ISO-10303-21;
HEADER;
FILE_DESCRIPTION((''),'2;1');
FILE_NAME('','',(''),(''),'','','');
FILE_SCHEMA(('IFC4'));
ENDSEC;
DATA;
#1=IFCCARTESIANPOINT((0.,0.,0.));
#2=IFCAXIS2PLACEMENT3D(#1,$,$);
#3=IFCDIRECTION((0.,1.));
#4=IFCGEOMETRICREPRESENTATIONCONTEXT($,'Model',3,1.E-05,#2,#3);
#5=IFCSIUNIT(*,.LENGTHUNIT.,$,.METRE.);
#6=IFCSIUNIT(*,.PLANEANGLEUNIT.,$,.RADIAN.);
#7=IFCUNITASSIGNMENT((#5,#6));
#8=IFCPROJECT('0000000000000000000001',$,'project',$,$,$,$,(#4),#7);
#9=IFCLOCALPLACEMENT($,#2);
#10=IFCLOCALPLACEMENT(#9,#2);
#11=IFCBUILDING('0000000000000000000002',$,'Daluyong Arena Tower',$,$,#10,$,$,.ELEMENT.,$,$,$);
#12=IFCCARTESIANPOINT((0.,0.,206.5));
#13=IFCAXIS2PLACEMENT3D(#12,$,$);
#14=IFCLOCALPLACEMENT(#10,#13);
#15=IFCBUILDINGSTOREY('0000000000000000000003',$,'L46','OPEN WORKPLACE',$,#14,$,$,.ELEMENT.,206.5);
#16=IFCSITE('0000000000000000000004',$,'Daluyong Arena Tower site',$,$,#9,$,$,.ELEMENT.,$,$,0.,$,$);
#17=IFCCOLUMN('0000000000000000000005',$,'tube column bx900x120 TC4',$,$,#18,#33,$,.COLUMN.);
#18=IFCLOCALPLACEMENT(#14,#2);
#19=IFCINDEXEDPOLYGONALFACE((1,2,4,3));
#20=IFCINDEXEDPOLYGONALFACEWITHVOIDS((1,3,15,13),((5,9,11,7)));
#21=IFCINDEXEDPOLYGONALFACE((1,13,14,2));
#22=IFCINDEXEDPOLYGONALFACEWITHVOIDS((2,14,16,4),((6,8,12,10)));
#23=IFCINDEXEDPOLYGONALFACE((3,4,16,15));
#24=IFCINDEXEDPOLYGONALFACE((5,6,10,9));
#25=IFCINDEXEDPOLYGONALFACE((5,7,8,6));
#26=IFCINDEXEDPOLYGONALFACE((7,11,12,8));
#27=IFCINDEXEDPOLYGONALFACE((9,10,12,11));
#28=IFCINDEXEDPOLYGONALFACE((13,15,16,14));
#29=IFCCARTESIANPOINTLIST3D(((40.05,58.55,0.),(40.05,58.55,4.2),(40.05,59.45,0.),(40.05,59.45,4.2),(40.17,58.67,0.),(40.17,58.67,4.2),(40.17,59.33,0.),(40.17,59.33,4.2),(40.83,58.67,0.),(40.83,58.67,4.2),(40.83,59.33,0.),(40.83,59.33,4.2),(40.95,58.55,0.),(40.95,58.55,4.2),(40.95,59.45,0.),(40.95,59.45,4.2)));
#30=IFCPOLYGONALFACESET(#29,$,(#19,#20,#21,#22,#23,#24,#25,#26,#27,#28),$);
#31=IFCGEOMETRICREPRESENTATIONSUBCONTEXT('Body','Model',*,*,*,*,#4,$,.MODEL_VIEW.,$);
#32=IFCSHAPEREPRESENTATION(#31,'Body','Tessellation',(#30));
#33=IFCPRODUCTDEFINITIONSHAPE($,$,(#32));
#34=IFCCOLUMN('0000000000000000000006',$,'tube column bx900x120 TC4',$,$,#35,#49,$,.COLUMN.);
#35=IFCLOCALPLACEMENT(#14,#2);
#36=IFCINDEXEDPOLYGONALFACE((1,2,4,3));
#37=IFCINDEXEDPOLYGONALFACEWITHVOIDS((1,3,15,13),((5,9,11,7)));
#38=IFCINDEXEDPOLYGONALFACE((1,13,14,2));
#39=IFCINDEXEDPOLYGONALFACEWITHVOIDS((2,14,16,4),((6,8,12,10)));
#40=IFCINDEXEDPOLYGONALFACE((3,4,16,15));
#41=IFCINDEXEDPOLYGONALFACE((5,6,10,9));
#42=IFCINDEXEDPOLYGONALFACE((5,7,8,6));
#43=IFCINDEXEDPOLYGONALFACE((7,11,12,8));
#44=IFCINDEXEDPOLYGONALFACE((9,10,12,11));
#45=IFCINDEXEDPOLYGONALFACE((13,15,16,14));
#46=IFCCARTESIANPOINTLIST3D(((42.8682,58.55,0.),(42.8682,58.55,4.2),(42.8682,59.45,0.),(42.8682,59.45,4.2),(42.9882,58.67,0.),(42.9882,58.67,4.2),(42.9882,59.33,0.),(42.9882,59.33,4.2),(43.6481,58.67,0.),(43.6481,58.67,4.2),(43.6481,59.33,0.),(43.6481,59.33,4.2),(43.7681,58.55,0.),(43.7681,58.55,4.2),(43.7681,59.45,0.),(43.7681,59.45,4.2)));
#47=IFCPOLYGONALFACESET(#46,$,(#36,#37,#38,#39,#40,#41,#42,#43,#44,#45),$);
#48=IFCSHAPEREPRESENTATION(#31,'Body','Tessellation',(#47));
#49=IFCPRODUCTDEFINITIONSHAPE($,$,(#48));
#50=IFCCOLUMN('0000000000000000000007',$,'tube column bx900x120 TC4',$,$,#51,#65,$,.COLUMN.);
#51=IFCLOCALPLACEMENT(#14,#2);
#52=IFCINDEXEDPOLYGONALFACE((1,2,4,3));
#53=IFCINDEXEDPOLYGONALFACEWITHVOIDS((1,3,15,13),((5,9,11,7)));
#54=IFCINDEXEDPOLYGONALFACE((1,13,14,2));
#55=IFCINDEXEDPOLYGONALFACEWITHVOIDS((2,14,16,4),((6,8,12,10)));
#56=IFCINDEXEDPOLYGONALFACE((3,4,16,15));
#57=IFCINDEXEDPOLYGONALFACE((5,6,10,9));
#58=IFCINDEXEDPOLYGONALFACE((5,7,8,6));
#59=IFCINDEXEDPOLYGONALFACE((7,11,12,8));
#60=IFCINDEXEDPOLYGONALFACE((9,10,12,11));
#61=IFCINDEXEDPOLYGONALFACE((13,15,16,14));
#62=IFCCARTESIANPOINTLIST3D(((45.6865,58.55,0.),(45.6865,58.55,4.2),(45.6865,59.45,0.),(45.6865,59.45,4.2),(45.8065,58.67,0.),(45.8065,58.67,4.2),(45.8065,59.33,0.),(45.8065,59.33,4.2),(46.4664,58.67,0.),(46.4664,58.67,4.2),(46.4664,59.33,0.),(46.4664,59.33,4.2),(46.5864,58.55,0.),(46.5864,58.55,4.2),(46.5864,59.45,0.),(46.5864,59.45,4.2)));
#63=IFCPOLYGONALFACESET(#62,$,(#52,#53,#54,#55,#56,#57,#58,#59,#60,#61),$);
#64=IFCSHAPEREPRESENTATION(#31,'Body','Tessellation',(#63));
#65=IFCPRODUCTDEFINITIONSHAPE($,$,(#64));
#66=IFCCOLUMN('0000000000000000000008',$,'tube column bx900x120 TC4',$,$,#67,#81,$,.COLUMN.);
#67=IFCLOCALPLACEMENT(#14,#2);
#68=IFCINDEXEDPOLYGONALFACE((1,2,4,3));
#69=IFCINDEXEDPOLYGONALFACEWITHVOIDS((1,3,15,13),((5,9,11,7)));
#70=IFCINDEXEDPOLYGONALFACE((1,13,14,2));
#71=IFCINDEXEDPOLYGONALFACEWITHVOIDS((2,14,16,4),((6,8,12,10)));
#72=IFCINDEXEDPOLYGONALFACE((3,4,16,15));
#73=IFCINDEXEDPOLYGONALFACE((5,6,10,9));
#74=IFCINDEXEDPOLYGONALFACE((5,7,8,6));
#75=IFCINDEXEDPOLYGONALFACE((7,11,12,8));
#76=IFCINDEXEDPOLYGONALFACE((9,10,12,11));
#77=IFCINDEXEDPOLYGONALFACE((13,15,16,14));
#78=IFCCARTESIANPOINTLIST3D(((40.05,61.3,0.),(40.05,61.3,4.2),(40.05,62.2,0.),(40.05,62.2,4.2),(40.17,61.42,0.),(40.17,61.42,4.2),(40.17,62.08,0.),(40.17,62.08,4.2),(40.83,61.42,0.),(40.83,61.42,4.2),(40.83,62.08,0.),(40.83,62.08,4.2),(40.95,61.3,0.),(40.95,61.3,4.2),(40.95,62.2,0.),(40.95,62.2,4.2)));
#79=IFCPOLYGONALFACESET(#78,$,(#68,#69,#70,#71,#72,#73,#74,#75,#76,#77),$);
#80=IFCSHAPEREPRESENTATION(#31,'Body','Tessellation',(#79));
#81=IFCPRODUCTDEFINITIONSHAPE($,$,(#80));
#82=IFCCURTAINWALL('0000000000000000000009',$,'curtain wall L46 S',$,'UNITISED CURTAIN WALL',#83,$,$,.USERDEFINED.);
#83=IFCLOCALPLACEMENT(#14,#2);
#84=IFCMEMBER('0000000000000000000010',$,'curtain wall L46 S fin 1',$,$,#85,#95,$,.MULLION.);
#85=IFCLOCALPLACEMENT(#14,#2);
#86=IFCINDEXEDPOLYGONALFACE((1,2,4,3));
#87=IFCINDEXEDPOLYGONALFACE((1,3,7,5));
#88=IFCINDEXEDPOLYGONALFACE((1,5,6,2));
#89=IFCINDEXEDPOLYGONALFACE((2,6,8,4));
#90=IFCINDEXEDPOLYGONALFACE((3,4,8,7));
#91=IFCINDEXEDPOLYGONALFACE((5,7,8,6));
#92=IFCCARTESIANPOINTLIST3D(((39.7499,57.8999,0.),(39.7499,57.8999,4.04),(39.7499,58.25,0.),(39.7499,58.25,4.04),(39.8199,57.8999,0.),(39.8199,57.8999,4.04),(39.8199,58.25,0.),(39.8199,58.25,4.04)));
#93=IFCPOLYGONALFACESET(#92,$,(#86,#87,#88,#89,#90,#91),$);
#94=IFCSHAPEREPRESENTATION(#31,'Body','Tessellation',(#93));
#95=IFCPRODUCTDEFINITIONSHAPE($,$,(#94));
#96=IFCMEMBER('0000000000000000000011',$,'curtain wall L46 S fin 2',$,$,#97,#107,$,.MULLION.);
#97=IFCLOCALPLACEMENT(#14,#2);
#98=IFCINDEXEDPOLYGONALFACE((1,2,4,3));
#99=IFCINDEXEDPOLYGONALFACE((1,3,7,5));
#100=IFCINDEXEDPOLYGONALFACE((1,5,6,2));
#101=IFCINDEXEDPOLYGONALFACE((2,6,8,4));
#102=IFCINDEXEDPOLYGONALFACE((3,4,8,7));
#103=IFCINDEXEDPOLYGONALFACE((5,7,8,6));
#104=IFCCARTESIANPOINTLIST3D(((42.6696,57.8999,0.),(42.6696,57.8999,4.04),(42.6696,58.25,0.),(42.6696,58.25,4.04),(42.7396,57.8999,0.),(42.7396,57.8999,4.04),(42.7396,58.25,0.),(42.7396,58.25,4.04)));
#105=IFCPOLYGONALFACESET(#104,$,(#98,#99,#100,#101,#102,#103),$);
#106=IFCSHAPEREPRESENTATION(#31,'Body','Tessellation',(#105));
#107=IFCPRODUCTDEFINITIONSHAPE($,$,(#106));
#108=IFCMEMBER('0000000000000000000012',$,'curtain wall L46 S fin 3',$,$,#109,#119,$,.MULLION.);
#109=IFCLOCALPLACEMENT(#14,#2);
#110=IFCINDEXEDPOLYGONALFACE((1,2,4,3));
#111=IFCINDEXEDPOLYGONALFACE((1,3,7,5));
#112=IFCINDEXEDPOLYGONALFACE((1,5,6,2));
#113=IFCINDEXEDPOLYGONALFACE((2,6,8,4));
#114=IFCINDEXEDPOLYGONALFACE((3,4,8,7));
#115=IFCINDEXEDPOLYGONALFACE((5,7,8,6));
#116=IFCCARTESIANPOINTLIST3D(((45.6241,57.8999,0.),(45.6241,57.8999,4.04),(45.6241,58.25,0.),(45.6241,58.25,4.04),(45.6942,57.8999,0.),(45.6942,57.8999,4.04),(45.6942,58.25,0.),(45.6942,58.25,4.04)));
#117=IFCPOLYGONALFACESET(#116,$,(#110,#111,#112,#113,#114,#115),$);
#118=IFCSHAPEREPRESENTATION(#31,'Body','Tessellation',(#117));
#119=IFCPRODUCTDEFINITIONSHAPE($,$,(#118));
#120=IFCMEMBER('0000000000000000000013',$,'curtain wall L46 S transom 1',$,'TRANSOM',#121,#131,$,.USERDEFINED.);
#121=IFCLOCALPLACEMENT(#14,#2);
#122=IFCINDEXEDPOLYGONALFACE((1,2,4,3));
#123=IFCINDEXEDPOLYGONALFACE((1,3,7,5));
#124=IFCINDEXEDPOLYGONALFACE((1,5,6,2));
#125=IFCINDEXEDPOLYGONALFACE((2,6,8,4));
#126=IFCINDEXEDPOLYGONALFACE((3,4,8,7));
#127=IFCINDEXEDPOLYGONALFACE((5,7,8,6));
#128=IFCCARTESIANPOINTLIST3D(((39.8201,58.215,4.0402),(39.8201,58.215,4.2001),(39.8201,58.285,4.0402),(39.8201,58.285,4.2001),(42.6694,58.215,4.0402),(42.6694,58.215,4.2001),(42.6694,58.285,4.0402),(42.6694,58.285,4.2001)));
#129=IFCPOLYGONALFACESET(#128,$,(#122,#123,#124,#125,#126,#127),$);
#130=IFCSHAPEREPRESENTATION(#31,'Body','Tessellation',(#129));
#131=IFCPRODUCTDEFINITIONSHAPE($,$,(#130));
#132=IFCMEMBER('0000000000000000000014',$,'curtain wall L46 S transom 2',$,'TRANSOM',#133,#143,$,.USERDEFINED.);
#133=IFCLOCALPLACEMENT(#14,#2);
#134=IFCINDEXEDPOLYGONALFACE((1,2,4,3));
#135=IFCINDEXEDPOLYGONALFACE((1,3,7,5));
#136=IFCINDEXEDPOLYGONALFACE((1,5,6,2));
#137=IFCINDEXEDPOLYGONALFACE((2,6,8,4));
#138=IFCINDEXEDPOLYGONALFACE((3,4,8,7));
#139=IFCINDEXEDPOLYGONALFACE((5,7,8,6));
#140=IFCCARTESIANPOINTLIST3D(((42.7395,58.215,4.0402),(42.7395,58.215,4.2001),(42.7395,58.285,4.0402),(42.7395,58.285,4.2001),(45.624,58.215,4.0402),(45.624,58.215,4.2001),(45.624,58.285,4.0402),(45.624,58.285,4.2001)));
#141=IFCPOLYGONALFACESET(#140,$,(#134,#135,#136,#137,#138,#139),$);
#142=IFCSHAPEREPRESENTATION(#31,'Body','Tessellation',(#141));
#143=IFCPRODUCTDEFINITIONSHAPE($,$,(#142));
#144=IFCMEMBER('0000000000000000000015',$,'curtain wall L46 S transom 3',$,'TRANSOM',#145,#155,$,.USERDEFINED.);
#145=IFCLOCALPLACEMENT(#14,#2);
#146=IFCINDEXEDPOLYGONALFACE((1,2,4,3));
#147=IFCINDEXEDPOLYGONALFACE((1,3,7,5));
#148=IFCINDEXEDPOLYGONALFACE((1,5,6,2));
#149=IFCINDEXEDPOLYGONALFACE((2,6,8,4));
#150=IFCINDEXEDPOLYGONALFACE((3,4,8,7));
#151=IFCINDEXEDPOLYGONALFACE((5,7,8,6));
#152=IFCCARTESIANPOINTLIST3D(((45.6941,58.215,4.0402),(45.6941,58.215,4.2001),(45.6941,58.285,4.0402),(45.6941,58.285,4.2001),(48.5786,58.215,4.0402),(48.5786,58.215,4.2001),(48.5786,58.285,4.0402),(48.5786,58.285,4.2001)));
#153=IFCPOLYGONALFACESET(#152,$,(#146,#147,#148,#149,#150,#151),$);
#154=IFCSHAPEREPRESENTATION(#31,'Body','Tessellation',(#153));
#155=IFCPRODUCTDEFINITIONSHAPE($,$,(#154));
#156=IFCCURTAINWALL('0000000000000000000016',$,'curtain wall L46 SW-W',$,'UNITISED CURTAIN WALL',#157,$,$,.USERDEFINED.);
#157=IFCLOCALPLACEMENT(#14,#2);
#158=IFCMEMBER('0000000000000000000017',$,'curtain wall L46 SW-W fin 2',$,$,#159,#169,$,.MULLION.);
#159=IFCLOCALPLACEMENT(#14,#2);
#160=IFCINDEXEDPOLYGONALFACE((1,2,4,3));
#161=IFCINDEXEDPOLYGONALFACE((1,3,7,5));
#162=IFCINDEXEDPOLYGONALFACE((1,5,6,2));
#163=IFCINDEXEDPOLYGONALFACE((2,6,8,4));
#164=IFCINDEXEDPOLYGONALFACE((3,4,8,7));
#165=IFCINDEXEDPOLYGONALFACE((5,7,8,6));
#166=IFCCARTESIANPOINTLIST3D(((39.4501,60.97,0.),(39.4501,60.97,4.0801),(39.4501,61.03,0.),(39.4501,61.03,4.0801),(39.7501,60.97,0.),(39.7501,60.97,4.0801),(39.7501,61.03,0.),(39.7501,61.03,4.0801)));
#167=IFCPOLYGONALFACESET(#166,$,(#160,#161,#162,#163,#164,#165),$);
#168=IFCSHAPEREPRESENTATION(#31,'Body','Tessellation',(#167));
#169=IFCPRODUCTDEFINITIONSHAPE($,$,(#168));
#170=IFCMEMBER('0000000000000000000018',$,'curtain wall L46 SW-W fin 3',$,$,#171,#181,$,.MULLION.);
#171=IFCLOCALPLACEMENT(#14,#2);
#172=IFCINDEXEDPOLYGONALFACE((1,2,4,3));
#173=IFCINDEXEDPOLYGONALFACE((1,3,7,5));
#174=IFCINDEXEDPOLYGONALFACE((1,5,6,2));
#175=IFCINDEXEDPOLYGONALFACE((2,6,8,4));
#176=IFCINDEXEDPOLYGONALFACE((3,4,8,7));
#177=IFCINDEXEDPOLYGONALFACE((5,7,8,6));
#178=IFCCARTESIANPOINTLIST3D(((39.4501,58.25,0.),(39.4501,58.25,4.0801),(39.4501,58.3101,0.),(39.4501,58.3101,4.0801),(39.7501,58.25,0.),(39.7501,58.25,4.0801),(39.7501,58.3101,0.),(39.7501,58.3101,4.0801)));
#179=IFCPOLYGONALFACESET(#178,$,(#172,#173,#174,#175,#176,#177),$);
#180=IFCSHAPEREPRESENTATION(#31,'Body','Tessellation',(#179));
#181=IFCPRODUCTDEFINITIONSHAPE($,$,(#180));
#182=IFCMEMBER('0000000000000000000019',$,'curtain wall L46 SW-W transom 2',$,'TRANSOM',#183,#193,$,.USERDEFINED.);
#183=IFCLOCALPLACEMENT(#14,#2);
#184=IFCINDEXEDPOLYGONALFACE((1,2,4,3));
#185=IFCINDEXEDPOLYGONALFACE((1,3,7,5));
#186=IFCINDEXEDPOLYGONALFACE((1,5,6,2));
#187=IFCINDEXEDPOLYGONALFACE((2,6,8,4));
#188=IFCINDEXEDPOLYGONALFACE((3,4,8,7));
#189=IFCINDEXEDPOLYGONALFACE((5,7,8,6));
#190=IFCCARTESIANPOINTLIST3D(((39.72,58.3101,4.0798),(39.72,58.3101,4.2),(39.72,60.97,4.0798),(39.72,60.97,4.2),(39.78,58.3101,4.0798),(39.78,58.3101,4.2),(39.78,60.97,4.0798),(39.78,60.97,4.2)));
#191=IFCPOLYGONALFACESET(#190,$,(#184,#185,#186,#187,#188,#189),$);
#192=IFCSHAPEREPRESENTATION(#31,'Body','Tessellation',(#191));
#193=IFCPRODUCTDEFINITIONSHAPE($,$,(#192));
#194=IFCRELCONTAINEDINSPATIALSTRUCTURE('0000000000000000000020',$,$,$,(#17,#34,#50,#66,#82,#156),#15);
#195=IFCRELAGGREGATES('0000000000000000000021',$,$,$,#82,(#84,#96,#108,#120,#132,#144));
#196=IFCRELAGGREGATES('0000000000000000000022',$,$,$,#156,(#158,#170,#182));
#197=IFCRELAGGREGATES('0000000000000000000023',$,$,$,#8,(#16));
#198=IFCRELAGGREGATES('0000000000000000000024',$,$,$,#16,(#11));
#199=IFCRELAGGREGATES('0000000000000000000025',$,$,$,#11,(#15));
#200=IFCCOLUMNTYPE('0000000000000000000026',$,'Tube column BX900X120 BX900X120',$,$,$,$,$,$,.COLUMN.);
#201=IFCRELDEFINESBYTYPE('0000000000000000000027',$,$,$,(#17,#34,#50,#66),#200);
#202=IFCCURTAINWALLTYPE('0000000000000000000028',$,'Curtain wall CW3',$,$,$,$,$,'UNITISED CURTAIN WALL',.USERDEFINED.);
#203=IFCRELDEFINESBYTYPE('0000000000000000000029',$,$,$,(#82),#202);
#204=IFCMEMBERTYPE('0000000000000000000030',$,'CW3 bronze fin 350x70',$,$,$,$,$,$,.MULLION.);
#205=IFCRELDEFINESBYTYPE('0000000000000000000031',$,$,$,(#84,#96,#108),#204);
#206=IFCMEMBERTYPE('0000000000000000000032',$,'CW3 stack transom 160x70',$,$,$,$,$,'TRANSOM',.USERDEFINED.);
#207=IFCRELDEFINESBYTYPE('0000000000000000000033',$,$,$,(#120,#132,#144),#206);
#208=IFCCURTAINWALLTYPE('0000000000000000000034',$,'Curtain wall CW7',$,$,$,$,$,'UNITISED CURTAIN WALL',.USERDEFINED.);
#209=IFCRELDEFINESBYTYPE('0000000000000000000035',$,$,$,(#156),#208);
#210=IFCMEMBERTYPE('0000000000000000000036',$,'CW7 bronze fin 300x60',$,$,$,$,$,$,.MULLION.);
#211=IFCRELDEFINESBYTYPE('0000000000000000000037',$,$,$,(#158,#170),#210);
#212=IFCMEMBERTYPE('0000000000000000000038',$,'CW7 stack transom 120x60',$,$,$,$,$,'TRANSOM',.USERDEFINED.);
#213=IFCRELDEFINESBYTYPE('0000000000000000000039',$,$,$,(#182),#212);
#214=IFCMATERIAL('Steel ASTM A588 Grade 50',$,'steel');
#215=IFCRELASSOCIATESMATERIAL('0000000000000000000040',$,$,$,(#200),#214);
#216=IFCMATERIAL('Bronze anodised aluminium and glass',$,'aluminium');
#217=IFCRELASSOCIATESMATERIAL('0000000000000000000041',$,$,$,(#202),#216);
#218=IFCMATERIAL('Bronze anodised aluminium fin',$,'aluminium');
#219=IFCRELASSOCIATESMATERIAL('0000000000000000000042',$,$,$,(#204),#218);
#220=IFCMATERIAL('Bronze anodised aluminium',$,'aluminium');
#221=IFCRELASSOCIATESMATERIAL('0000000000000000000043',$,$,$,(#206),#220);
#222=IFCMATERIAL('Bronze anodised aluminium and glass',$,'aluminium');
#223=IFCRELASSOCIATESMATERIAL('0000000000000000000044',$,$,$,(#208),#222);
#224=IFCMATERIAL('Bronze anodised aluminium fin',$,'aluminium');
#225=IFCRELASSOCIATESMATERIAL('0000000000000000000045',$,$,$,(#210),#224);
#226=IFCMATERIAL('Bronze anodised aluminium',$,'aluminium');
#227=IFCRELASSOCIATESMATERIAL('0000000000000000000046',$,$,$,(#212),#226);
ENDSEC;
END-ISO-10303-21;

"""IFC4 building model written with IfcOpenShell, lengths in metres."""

from ifc_helpers import new_model, si_unit, direction, frame, origin, origin_2d, place, context, subcontext, project, spatial, rectangle, hollow_rectangle, extrude, material, material_profile, profile_set, type_object, element, aggregate, save


model = new_model("IFC4")

# Units and contexts
model_context = context("Model", 3, precision=1e-05, world=origin(), true_north=direction((0.0, 1.0)))
body_context = subcontext(model_context, "Body", "Model", "MODEL_VIEW")
ifc_project = project(units=[si_unit("LENGTHUNIT", "METRE"), si_unit("PLANEANGLEUNIT", "RADIAN")], contexts=[model_context])

# Site, building, storey
site_placement = place(None, origin())
site = spatial("IfcSite", under=ifc_project, at=site_placement, Name="Daluyong Arena Tower site", CompositionType="ELEMENT", RefElevation=0.0)
building_placement = place(site_placement, origin())
building = spatial("IfcBuilding", under=site, at=building_placement, Name="Daluyong Arena Tower", CompositionType="ELEMENT")
storey_placement = place(building_placement, frame((0.0, 0.0, 206.5)))
storey = spatial("IfcBuildingStorey", under=building, at=storey_placement, Name="L46", Description="OPEN WORKPLACE", CompositionType="ELEMENT", Elevation=206.5)

# Columns
ifc_material_1 = material(Name="Steel ASTM A588 Grade 50", Category="steel")
ifc_material_profile_1 = material_profile(ifc_material_1, hollow_rectangle(XDim=0.8999, YDim=0.8999, WallThickness=0.12, at=origin_2d()))
ifc_profile_set_1 = profile_set([ifc_material_profile_1], Name="Steel ASTM A588 Grade 50")
column_type = type_object("IfcColumnType", Name="Tube column BX900X120 BX900X120", PredefinedType="COLUMN", material=ifc_profile_set_1)
for number, where, z_axis, x_axis, name in (
    (1, (40.5, 59.0, 0.0), (0.0, 0.0, 1.0), (1.0, 0.0, 0.0), "tube column bx900x120 TC4"),
    (2, (43.3181, 59.0, 0.0), (0.0, 0.0, 1.0), (1.0, 0.0, 0.0), "tube column bx900x120 TC4"),
    (3, (46.1365, 59.0, 0.0), (0.0, 0.0, 1.0), (1.0, 0.0, 0.0), "tube column bx900x120 TC4"),
    (4, (40.5, 61.75, 0.0), (0.0, 0.0, 1.0), (0.0, 1.0, 0.0), "tube column bx900x120 TC4"),
):
    element("IfcColumn", number, at=place(storey_placement, frame(where, z_axis=z_axis, x_axis=x_axis)), inside=storey, type_object=column_type, Name=name, PredefinedType="COLUMN", context=body_context, shape_type="SweptSolid", body=[
        extrude(hollow_rectangle(XDim=0.8999, YDim=0.8999, WallThickness=0.12, at=origin_2d()), origin(), (0.0, 0.0, 1.0), 4.2),
    ])

# Curtain walls, members
ifc_material_2 = material(Name="Bronze anodised aluminium and glass", Category="aluminium")
curtain_wall_type_1 = type_object("IfcCurtainWallType", Name="Curtain wall CW3", ElementType="UNITISED CURTAIN WALL", PredefinedType="USERDEFINED", material=ifc_material_2)
curtain_wall_1_placement = place(storey_placement, origin())
curtain_wall_1 = element("IfcCurtainWall", 5, at=curtain_wall_1_placement, inside=storey, type_object=curtain_wall_type_1, Name="curtain wall L46 S", ObjectType="UNITISED CURTAIN WALL", PredefinedType="USERDEFINED")
ifc_material_3 = material(Name="Bronze anodised aluminium fin", Category="aluminium")
ifc_material_profile_2 = material_profile(ifc_material_3, rectangle(XDim=0.3501, YDim=0.0701, at=origin_2d()))
ifc_profile_set_2 = profile_set([ifc_material_profile_2], Name="Bronze anodised aluminium fin")
member_type_1 = type_object("IfcMemberType", Name="CW3 bronze fin 350x70", PredefinedType="MULLION", material=ifc_profile_set_2)
member_1_placement = place(storey_placement, frame((39.7849, 58.075, 0.0), z_axis=(0.0, 0.0, 1.0), x_axis=(0.0, 1.0, 0.0)))
member_1 = element("IfcMember", 6, at=member_1_placement, type_object=member_type_1, Name="curtain wall L46 S fin 1", PredefinedType="MULLION", context=body_context, shape_type="SweptSolid", body=[
    extrude(rectangle(XDim=0.3501, YDim=0.0701, at=origin_2d()), origin(), (0.0, 0.0, 1.0), 4.04),
])
member_2_placement = place(storey_placement, frame((42.7046, 58.075, 0.0), z_axis=(0.0, 0.0, 1.0), x_axis=(0.0, 1.0, 0.0)))
member_2 = element("IfcMember", 7, at=member_2_placement, type_object=member_type_1, Name="curtain wall L46 S fin 2", PredefinedType="MULLION", context=body_context, shape_type="SweptSolid", body=[
    extrude(rectangle(XDim=0.3501, YDim=0.0701, at=origin_2d()), origin(), (0.0, 0.0, 1.0), 4.04),
])
member_3_placement = place(storey_placement, frame((45.6592, 58.075, 0.0), z_axis=(0.0, 0.0, 1.0), x_axis=(0.0, 1.0, 0.0)))
member_3 = element("IfcMember", 8, at=member_3_placement, type_object=member_type_1, Name="curtain wall L46 S fin 3", PredefinedType="MULLION", context=body_context, shape_type="SweptSolid", body=[
    extrude(rectangle(XDim=0.3501, YDim=0.0701, at=origin_2d()), origin(), (0.0, 0.0, 1.0), 4.04),
])
ifc_material_4 = material(Name="Bronze anodised aluminium", Category="aluminium")
ifc_material_profile_3 = material_profile(ifc_material_4, rectangle(XDim=0.0701, YDim=0.1599, at=origin_2d()))
ifc_profile_set_3 = profile_set([ifc_material_profile_3], Name="Bronze anodised aluminium")
member_type_2 = type_object("IfcMemberType", Name="CW3 stack transom 160x70", ElementType="TRANSOM", PredefinedType="USERDEFINED", material=ifc_profile_set_3)
member_4_placement = place(storey_placement, frame((39.8201, 58.25, 4.1201), z_axis=(1.0, 0.0, 0.0), x_axis=(0.0, 1.0, 0.0)))
member_4 = element("IfcMember", 9, at=member_4_placement, type_object=member_type_2, Name="curtain wall L46 S transom 1", ObjectType="TRANSOM", PredefinedType="USERDEFINED", context=body_context, shape_type="SweptSolid", body=[
    extrude(rectangle(XDim=0.0701, YDim=0.1599, at=origin_2d()), origin(), (0.0, 0.0, 1.0), 2.8494),
])
member_5_placement = place(storey_placement, frame((42.7395, 58.25, 4.1201), z_axis=(1.0, 0.0, 0.0), x_axis=(0.0, 1.0, 0.0)))
member_5 = element("IfcMember", 10, at=member_5_placement, type_object=member_type_2, Name="curtain wall L46 S transom 2", ObjectType="TRANSOM", PredefinedType="USERDEFINED", context=body_context, shape_type="SweptSolid", body=[
    extrude(rectangle(XDim=0.0701, YDim=0.1599, at=origin_2d()), origin(), (0.0, 0.0, 1.0), 2.8845),
])
member_6_placement = place(storey_placement, frame((45.6941, 58.25, 4.1201), z_axis=(1.0, 0.0, 0.0), x_axis=(0.0, 1.0, 0.0)))
member_6 = element("IfcMember", 11, at=member_6_placement, type_object=member_type_2, Name="curtain wall L46 S transom 3", ObjectType="TRANSOM", PredefinedType="USERDEFINED", context=body_context, shape_type="SweptSolid", body=[
    extrude(rectangle(XDim=0.0701, YDim=0.1599, at=origin_2d()), origin(), (0.0, 0.0, 1.0), 2.8845),
])
ifc_material_5 = material(Name="Bronze anodised aluminium and glass", Category="aluminium")
curtain_wall_type_2 = type_object("IfcCurtainWallType", Name="Curtain wall CW7", ElementType="UNITISED CURTAIN WALL", PredefinedType="USERDEFINED", material=ifc_material_5)
curtain_wall_2_placement = place(storey_placement, origin())
curtain_wall_2 = element("IfcCurtainWall", 12, at=curtain_wall_2_placement, inside=storey, type_object=curtain_wall_type_2, Name="curtain wall L46 SW-W", ObjectType="UNITISED CURTAIN WALL", PredefinedType="USERDEFINED")
ifc_material_6 = material(Name="Bronze anodised aluminium fin", Category="aluminium")
ifc_material_profile_4 = material_profile(ifc_material_6, rectangle(XDim=0.3, YDim=0.0601, at=origin_2d()))
ifc_profile_set_4 = profile_set([ifc_material_profile_4], Name="Bronze anodised aluminium fin")
member_type_3 = type_object("IfcMemberType", Name="CW7 bronze fin 300x60", PredefinedType="MULLION", material=ifc_profile_set_4)
member_7_placement = place(storey_placement, frame((39.6001, 61.0, 0.0), z_axis=(0.0, 0.0, 1.0), x_axis=(1.0, 0.0, 0.0)))
member_7 = element("IfcMember", 13, at=member_7_placement, type_object=member_type_3, Name="curtain wall L46 SW-W fin 2", PredefinedType="MULLION", context=body_context, shape_type="SweptSolid", body=[
    extrude(rectangle(XDim=0.3, YDim=0.0601, at=origin_2d()), origin(), (0.0, 0.0, 1.0), 4.0801),
])
member_8_placement = place(storey_placement, frame((39.6001, 58.28, 0.0), z_axis=(0.0, 0.0, 1.0), x_axis=(1.0, 0.0, 0.0)))
member_8 = element("IfcMember", 14, at=member_8_placement, type_object=member_type_3, Name="curtain wall L46 SW-W fin 3", PredefinedType="MULLION", context=body_context, shape_type="SweptSolid", body=[
    extrude(rectangle(XDim=0.3, YDim=0.0601, at=origin_2d()), origin(), (0.0, 0.0, 1.0), 4.0801),
])
ifc_material_7 = material(Name="Bronze anodised aluminium", Category="aluminium")
ifc_material_profile_5 = material_profile(ifc_material_7, rectangle(XDim=0.0601, YDim=0.1201, at=origin_2d()))
ifc_profile_set_5 = profile_set([ifc_material_profile_5], Name="Bronze anodised aluminium")
member_type_4 = type_object("IfcMemberType", Name="CW7 stack transom 120x60", ElementType="TRANSOM", PredefinedType="USERDEFINED", material=ifc_profile_set_5)
member_9_placement = place(storey_placement, frame((39.75, 60.97, 4.1399), z_axis=(0.0, -1.0, 0.0), x_axis=(1.0, 0.0, 0.0)))
member_9 = element("IfcMember", 15, at=member_9_placement, type_object=member_type_4, Name="curtain wall L46 SW-W transom 2", ObjectType="TRANSOM", PredefinedType="USERDEFINED", context=body_context, shape_type="SweptSolid", body=[
    extrude(rectangle(XDim=0.0601, YDim=0.1201, at=origin_2d()), origin(), (0.0, 0.0, 1.0), 2.6599),
])

aggregate(curtain_wall_1, [member_1, member_2, member_3, member_4, member_5, member_6])
aggregate(curtain_wall_2, [member_7, member_8, member_9])

save(model, "model.ifc")
